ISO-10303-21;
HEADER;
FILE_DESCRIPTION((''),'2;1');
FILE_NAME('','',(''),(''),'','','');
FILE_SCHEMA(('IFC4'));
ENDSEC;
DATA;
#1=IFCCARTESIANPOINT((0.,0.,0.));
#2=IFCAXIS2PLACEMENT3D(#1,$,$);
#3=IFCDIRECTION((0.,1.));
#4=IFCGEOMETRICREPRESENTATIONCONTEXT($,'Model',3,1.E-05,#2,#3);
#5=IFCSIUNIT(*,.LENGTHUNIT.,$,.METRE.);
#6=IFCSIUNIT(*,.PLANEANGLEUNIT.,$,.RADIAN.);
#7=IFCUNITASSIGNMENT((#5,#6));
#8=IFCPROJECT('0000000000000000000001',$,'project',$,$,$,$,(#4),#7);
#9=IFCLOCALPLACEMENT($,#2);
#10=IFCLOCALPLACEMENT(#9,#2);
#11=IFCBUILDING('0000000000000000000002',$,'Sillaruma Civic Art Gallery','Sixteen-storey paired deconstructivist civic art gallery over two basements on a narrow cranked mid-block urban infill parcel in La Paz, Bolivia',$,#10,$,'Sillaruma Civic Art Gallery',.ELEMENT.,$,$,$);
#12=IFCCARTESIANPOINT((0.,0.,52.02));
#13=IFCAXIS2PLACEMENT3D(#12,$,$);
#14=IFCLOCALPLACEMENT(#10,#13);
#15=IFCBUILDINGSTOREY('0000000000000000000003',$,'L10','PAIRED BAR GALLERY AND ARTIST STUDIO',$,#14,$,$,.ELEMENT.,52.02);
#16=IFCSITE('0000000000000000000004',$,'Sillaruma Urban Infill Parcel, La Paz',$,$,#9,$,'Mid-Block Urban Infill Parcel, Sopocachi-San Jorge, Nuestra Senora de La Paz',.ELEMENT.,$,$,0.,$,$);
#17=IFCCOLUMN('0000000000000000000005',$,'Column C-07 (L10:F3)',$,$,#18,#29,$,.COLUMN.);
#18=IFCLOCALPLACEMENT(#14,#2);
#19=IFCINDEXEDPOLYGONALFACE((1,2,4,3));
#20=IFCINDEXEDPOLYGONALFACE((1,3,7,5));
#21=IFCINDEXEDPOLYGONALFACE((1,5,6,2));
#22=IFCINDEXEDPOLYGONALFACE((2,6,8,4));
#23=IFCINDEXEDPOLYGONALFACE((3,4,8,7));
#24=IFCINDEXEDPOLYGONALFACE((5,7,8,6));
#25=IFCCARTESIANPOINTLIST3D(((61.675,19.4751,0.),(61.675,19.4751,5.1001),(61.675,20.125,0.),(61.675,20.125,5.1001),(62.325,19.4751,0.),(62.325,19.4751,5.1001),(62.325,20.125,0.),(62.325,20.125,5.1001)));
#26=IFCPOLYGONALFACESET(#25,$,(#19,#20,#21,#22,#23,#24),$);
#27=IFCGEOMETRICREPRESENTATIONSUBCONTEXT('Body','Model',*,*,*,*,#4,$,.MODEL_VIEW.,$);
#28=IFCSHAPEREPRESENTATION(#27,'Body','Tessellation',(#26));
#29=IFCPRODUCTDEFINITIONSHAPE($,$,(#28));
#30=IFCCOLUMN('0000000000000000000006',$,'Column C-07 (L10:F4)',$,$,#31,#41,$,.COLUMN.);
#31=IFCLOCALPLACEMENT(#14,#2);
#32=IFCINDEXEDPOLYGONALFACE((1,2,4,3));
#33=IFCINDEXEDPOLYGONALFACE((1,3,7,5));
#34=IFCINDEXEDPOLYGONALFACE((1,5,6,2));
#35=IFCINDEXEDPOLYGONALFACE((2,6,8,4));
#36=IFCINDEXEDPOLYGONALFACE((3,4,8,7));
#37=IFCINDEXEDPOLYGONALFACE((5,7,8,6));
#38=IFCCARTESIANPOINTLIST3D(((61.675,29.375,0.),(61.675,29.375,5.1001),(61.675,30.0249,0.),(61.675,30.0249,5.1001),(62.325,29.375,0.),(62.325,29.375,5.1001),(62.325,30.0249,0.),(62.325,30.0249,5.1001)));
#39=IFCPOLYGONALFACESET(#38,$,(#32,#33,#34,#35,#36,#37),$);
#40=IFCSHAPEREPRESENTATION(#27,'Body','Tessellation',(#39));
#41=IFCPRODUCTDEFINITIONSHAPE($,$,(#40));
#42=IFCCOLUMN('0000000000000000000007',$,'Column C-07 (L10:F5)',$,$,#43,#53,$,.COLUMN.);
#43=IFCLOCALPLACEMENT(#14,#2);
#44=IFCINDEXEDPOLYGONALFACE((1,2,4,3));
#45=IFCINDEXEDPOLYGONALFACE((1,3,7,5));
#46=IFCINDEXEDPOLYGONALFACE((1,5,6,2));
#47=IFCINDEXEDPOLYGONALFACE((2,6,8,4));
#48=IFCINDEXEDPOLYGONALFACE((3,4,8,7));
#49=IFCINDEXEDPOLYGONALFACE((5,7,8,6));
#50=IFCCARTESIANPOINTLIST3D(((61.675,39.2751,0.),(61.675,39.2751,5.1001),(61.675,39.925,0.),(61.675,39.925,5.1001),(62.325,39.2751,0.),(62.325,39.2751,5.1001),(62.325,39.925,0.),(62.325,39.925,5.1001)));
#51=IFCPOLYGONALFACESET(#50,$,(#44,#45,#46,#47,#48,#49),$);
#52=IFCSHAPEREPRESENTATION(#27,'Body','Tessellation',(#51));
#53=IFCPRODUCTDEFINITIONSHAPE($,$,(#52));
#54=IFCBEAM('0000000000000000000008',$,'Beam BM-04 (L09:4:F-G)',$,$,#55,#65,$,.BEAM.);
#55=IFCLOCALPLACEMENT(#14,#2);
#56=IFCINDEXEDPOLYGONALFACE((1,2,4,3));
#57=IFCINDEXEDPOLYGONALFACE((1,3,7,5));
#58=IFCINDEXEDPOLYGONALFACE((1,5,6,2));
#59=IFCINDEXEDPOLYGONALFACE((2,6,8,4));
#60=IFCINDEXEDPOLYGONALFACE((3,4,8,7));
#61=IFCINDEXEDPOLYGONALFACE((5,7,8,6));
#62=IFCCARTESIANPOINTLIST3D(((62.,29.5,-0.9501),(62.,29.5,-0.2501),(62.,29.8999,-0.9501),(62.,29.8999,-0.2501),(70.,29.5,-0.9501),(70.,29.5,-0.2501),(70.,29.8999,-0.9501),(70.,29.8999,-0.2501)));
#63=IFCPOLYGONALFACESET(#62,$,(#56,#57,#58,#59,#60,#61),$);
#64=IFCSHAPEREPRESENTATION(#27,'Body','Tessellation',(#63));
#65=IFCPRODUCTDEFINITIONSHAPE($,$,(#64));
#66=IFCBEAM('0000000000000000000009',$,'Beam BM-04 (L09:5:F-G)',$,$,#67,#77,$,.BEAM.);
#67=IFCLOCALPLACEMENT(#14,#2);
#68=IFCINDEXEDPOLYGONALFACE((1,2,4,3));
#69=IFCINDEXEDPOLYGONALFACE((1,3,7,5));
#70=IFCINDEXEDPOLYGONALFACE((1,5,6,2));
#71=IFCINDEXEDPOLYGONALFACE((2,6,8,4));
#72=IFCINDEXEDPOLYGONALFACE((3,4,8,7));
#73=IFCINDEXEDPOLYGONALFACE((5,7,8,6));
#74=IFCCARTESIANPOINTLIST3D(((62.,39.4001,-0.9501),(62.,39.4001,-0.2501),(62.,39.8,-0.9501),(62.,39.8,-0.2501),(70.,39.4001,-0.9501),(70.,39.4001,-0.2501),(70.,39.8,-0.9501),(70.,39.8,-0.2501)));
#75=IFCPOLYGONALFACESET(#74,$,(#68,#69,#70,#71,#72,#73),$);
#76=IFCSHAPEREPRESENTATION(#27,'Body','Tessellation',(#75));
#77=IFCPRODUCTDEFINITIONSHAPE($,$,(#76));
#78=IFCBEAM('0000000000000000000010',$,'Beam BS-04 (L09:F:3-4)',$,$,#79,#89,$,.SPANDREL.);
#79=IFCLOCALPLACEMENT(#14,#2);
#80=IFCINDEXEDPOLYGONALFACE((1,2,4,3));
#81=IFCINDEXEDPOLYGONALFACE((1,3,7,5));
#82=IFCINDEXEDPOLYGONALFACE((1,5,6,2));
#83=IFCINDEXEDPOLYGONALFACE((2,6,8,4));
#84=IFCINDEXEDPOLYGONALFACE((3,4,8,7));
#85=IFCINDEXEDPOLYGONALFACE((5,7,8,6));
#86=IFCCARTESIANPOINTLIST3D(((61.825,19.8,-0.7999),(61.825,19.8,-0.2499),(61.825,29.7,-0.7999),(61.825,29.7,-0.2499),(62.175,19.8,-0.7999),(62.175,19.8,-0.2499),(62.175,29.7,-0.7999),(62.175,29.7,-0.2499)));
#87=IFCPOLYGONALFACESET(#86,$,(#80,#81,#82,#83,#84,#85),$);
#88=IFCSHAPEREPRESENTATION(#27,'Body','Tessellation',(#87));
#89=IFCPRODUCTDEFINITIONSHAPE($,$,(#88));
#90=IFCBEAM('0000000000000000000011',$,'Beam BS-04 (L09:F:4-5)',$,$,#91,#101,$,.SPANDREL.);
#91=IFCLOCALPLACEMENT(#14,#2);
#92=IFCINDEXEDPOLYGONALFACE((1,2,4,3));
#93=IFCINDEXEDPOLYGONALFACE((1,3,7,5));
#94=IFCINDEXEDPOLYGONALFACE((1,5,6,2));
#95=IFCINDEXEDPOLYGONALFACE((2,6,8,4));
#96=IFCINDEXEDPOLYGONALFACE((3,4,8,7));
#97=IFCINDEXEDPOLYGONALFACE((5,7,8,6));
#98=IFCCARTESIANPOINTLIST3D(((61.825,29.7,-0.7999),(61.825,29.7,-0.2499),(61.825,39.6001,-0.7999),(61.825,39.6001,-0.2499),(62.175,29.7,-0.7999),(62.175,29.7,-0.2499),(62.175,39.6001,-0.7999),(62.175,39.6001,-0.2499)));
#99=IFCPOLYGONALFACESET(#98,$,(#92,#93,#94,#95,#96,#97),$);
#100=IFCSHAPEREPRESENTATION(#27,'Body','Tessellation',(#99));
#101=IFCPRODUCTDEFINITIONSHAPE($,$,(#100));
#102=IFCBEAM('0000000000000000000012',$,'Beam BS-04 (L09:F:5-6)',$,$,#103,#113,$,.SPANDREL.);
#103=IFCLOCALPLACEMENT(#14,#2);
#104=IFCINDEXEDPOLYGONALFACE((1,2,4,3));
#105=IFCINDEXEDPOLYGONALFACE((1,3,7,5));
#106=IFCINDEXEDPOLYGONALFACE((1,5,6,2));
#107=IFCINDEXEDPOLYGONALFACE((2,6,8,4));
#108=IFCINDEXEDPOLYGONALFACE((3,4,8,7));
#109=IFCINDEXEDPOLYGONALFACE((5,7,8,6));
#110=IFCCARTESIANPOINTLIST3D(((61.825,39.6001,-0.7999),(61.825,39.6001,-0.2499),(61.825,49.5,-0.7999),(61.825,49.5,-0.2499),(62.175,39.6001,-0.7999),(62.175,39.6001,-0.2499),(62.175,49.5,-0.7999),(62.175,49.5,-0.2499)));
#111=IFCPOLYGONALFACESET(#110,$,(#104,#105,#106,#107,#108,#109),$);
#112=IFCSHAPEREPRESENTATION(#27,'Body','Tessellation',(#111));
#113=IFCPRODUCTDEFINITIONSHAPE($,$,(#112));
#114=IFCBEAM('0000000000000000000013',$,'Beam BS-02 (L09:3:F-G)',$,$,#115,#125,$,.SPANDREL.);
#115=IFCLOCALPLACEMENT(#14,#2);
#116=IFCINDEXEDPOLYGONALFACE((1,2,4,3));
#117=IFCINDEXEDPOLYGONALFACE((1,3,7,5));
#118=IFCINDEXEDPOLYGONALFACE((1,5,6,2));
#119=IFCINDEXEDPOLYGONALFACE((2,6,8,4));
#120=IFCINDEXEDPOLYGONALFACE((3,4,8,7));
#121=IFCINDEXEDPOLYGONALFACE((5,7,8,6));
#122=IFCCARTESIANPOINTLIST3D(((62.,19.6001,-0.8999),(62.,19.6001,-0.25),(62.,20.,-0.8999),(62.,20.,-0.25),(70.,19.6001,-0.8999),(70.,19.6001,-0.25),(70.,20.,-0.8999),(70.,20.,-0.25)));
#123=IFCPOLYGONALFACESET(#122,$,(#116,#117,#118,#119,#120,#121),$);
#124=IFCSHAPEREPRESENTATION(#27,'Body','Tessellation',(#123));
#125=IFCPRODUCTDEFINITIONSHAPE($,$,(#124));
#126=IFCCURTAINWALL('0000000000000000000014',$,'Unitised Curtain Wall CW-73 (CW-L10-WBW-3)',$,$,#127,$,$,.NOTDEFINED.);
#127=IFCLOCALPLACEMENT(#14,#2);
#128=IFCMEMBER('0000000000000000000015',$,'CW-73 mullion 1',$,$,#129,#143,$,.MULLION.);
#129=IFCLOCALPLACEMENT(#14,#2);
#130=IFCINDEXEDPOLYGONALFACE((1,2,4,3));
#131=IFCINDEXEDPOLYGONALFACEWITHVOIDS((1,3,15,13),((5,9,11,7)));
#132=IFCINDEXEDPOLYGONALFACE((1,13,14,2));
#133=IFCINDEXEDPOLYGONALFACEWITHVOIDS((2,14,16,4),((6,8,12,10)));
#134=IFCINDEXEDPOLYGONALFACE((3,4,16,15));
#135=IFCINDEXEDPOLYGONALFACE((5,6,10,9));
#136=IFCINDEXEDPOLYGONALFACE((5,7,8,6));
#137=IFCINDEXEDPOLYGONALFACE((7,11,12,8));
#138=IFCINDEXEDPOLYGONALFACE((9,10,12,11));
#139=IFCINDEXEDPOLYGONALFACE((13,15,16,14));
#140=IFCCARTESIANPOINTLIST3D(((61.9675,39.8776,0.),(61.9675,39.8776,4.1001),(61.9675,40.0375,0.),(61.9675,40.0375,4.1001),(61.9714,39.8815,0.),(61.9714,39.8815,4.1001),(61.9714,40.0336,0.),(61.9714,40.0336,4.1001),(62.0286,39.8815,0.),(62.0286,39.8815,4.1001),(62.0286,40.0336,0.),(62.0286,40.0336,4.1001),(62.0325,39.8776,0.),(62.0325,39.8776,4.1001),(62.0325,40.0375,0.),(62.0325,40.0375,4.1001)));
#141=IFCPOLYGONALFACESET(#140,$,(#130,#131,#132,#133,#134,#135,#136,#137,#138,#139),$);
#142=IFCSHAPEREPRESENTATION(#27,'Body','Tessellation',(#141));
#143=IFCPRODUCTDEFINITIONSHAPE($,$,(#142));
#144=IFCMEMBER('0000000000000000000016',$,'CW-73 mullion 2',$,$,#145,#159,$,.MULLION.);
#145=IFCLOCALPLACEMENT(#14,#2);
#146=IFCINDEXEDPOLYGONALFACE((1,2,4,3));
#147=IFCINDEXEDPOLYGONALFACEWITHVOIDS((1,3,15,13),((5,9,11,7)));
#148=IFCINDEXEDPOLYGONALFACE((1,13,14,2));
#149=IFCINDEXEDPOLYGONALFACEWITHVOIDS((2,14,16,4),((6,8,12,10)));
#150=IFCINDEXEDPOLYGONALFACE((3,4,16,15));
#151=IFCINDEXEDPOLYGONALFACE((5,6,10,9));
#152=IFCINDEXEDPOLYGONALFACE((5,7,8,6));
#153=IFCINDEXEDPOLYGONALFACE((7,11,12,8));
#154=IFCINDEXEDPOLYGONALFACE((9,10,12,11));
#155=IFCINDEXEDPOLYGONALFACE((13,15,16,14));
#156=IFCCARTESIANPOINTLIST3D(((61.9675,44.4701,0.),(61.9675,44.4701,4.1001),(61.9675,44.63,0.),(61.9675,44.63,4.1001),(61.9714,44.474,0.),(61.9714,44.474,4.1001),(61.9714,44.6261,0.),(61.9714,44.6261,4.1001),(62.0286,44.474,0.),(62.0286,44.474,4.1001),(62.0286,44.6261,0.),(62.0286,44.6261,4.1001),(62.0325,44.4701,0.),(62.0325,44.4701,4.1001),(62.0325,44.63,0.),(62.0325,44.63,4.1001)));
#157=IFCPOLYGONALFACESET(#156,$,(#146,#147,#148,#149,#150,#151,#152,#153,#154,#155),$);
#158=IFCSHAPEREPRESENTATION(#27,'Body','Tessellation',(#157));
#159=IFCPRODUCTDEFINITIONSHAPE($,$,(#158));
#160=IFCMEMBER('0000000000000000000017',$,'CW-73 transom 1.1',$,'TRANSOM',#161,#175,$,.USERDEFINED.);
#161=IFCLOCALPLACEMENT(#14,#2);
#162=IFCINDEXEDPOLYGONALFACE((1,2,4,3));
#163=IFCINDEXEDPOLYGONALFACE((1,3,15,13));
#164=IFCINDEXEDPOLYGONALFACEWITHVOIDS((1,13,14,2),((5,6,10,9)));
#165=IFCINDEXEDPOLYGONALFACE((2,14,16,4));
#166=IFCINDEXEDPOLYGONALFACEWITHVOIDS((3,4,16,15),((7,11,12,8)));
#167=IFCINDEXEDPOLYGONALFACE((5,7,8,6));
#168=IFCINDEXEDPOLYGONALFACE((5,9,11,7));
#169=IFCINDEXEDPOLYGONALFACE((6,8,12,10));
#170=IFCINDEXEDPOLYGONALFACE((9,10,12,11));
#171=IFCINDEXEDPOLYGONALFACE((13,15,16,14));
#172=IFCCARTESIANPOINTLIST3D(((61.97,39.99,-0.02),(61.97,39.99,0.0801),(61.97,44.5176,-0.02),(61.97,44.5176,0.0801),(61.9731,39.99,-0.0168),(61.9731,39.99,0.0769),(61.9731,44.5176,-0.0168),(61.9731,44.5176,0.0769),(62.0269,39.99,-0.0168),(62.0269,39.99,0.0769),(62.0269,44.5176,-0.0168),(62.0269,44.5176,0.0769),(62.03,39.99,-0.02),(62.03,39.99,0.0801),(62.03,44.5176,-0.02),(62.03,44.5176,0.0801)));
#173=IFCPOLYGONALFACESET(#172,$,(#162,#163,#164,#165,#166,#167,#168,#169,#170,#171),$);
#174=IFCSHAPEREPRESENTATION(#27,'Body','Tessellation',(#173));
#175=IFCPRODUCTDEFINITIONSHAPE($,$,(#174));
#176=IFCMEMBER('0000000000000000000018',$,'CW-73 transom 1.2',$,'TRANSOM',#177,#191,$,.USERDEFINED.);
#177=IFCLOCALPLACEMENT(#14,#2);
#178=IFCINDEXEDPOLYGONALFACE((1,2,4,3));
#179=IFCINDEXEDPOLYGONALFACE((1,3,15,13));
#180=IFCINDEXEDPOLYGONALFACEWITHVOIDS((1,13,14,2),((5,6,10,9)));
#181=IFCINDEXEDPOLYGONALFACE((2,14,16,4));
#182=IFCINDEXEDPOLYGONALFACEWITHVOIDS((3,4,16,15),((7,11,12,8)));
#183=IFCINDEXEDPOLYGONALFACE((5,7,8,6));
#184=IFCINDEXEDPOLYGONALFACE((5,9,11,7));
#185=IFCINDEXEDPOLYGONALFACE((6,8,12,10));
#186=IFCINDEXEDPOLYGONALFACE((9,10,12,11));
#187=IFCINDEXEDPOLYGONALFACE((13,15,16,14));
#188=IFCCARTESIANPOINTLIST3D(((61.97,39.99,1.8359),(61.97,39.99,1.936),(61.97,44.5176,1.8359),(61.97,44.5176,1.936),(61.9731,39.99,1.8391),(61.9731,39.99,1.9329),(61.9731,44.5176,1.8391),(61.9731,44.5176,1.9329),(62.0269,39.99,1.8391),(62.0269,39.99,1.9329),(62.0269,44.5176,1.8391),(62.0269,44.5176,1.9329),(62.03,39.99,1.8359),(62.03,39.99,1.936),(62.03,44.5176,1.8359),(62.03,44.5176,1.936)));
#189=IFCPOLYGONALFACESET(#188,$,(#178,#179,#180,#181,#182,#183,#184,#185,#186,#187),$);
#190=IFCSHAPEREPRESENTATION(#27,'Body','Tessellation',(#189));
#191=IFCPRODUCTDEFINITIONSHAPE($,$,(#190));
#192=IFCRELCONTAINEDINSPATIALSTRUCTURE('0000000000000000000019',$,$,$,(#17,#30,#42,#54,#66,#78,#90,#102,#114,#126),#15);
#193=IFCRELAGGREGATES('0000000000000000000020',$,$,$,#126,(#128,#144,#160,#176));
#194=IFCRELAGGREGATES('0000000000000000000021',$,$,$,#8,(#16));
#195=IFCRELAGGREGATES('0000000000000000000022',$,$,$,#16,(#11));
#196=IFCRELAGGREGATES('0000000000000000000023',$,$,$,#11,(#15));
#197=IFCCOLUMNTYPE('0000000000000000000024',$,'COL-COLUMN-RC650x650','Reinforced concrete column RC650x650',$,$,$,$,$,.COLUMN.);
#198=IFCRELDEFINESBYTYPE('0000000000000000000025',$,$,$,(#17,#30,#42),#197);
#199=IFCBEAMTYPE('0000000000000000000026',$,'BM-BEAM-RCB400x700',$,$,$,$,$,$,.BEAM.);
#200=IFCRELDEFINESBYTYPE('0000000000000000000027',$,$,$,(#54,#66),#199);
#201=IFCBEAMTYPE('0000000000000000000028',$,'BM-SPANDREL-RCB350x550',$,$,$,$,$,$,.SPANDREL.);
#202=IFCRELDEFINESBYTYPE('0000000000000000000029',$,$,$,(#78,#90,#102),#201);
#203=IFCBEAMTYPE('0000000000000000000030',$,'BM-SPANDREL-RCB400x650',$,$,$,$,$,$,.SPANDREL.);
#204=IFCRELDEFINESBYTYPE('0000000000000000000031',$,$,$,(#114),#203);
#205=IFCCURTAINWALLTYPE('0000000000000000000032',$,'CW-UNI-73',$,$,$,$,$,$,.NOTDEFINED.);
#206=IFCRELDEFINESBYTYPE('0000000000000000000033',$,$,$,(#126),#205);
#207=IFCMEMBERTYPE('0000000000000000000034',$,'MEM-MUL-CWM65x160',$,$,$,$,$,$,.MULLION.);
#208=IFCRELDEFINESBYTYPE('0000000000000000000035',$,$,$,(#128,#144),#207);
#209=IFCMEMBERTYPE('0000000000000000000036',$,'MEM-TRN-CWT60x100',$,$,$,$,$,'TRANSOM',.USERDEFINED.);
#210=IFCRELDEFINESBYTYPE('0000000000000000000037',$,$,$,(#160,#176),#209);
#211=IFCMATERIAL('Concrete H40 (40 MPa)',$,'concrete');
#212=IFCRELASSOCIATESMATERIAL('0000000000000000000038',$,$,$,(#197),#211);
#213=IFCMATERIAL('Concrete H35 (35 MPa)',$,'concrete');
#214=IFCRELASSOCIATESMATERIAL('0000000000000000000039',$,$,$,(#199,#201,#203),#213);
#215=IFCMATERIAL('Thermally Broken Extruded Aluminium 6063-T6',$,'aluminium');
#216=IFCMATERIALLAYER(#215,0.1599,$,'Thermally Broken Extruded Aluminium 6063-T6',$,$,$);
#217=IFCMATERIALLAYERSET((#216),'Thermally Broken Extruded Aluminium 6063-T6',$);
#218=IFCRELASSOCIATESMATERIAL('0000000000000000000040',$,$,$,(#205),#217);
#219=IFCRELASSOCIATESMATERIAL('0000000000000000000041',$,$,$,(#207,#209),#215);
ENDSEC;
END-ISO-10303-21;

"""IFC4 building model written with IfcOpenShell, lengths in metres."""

from ifc_helpers import new_model, si_unit, direction, frame, origin, origin_2d, place, context, subcontext, project, spatial, rectangle, hollow_rectangle, extrude, material, layer, layer_set, material_profile, profile_set, type_object, element, aggregate, save


model = new_model("IFC4")

# Units and contexts
model_context = context("Model", 3, precision=1e-05, world=origin(), true_north=direction((0.0, 1.0)))
body_context = subcontext(model_context, "Body", "Model", "MODEL_VIEW")
ifc_project = project(units=[si_unit("LENGTHUNIT", "METRE"), si_unit("PLANEANGLEUNIT", "RADIAN")], contexts=[model_context])

# Site, building, storey
site_placement = place(None, origin())
site = spatial("IfcSite", under=ifc_project, at=site_placement, Name="Sillaruma Urban Infill Parcel, La Paz", LongName="Mid-Block Urban Infill Parcel, Sopocachi-San Jorge, Nuestra Senora de La Paz", CompositionType="ELEMENT", RefElevation=0.0)
building_placement = place(site_placement, origin())
building = spatial("IfcBuilding", under=site, at=building_placement, Name="Sillaruma Civic Art Gallery", Description="Sixteen-storey paired deconstructivist civic art gallery over two basements on a narrow cranked mid-block urban infill parcel in La Paz, Bolivia", LongName="Sillaruma Civic Art Gallery", CompositionType="ELEMENT")
storey_placement = place(building_placement, frame((0.0, 0.0, 52.02)))
storey = spatial("IfcBuildingStorey", under=building, at=storey_placement, Name="L10", Description="PAIRED BAR GALLERY AND ARTIST STUDIO", CompositionType="ELEMENT", Elevation=52.02)

# Columns
ifc_material_1 = material(Name="Concrete H40 (40 MPa)", Category="concrete")
ifc_material_profile_1 = material_profile(ifc_material_1, rectangle(XDim=0.6499, YDim=0.6499, at=origin_2d()), Name="RC650x650")
ifc_profile_set_1 = profile_set([ifc_material_profile_1], Name="Concrete H40 (40 MPa)")
column_type = type_object("IfcColumnType", Name="COL-COLUMN-RC650x650", Description="Reinforced concrete column RC650x650", PredefinedType="COLUMN", material=ifc_profile_set_1)
for number, where, z_axis, x_axis, name in (
    (1, (62.0, 19.8, 0.0), (0.0, 0.0, 1.0), (1.0, 0.0, 0.0), "Column C-07 (L10:F3)"),
    (2, (62.0, 29.7, 0.0), (0.0, 0.0, 1.0), (1.0, 0.0, 0.0), "Column C-07 (L10:F4)"),
    (3, (62.0, 39.6001, 0.0), (0.0, 0.0, 1.0), (1.0, 0.0, 0.0), "Column C-07 (L10:F5)"),
):
    element("IfcColumn", number, at=place(storey_placement, frame(where, z_axis=z_axis, x_axis=x_axis)), inside=storey, type_object=column_type, Name=name, PredefinedType="COLUMN", context=body_context, shape_type="SweptSolid", body=[
        extrude(rectangle(XDim=0.6499, YDim=0.6499, at=origin_2d()), origin(), (0.0, 0.0, 1.0), 5.1001),
    ])

# Beams
ifc_material_2 = material(Name="Concrete H35 (35 MPa)", Category="concrete")
ifc_material_profile_2 = material_profile(ifc_material_2, rectangle(XDim=0.3999, YDim=0.7, at=origin_2d()), Name="RCB400x700")
ifc_profile_set_2 = profile_set([ifc_material_profile_2], Name="Concrete H35 (35 MPa)")
beam_type_1 = type_object("IfcBeamType", Name="BM-BEAM-RCB400x700", PredefinedType="BEAM", material=ifc_profile_set_2)
for number, where, z_axis, x_axis, name in (
    (4, (62.0, 29.7, -0.6001), (1.0, 0.0, 0.0), (0.0, 1.0, 0.0), "Beam BM-04 (L09:4:F-G)"),
    (5, (62.0, 39.6001, -0.6001), (1.0, 0.0, 0.0), (0.0, 1.0, 0.0), "Beam BM-04 (L09:5:F-G)"),
):
    element("IfcBeam", number, at=place(storey_placement, frame(where, z_axis=z_axis, x_axis=x_axis)), inside=storey, type_object=beam_type_1, Name=name, PredefinedType="BEAM", context=body_context, shape_type="SweptSolid", body=[
        extrude(rectangle(XDim=0.3999, YDim=0.7, at=origin_2d()), origin(), (0.0, 0.0, 1.0), 8.0),
    ])
ifc_material_profile_3 = material_profile(ifc_material_2, rectangle(XDim=0.3501, YDim=0.55, at=origin_2d()), Name="RCB350x550")
ifc_profile_set_3 = profile_set([ifc_material_profile_3], Name="Concrete H35 (35 MPa)")
beam_type_2 = type_object("IfcBeamType", Name="BM-SPANDREL-RCB350x550", PredefinedType="SPANDREL", material=ifc_profile_set_3)
beam_1_placement = place(storey_placement, frame((62.0, 19.8, -0.5249), z_axis=(0.0, 1.0, 0.0), x_axis=(-1.0, 0.0, 0.0)))
element("IfcBeam", 6, at=beam_1_placement, inside=storey, type_object=beam_type_2, Name="Beam BS-04 (L09:F:3-4)", PredefinedType="SPANDREL", context=body_context, shape_type="SweptSolid", body=[
    extrude(rectangle(XDim=0.3501, YDim=0.55, at=origin_2d()), origin(), (0.0, 0.0, 1.0), 9.8999),
])
beam_2_placement = place(storey_placement, frame((62.0, 29.7, -0.5249), z_axis=(0.0, 1.0, 0.0), x_axis=(-1.0, 0.0, 0.0)))
element("IfcBeam", 7, at=beam_2_placement, inside=storey, type_object=beam_type_2, Name="Beam BS-04 (L09:F:4-5)", PredefinedType="SPANDREL", context=body_context, shape_type="SweptSolid", body=[
    extrude(rectangle(XDim=0.3501, YDim=0.55, at=origin_2d()), origin(), (0.0, 0.0, 1.0), 9.9001),
])
beam_3_placement = place(storey_placement, frame((62.0, 39.6001, -0.5249), z_axis=(0.0, 1.0, 0.0), x_axis=(-1.0, 0.0, 0.0)))
element("IfcBeam", 8, at=beam_3_placement, inside=storey, type_object=beam_type_2, Name="Beam BS-04 (L09:F:5-6)", PredefinedType="SPANDREL", context=body_context, shape_type="SweptSolid", body=[
    extrude(rectangle(XDim=0.3501, YDim=0.55, at=origin_2d()), origin(), (0.0, 0.0, 1.0), 9.8999),
])
ifc_material_profile_4 = material_profile(ifc_material_2, rectangle(XDim=0.3999, YDim=0.6499, at=origin_2d()), Name="RCB400x650")
ifc_profile_set_4 = profile_set([ifc_material_profile_4], Name="Concrete H35 (35 MPa)")
beam_type_3 = type_object("IfcBeamType", Name="BM-SPANDREL-RCB400x650", PredefinedType="SPANDREL", material=ifc_profile_set_4)
beam_4_placement = place(storey_placement, frame((62.0, 19.8, -0.575), z_axis=(1.0, 0.0, 0.0), x_axis=(0.0, 1.0, 0.0)))
element("IfcBeam", 9, at=beam_4_placement, inside=storey, type_object=beam_type_3, Name="Beam BS-02 (L09:3:F-G)", PredefinedType="SPANDREL", context=body_context, shape_type="SweptSolid", body=[
    extrude(rectangle(XDim=0.3999, YDim=0.6499, at=origin_2d()), origin(), (0.0, 0.0, 1.0), 8.0),
])

# Curtain wall, members
ifc_material_3 = material(Name="Thermally Broken Extruded Aluminium 6063-T6", Category="aluminium")
ifc_layer_1 = layer(ifc_material_3, 0.1599, Name="Thermally Broken Extruded Aluminium 6063-T6")
ifc_layer_set_1 = layer_set([ifc_layer_1], Name="Thermally Broken Extruded Aluminium 6063-T6")
curtain_wall_type = type_object("IfcCurtainWallType", Name="CW-UNI-73", PredefinedType="NOTDEFINED", material=ifc_layer_set_1)
curtain_wall_placement = place(storey_placement, origin())
curtain_wall = element("IfcCurtainWall", 10, at=curtain_wall_placement, inside=storey, type_object=curtain_wall_type, Name="Unitised Curtain Wall CW-73 (CW-L10-WBW-3)", PredefinedType="NOTDEFINED")
ifc_material_profile_5 = material_profile(ifc_material_3, hollow_rectangle(XDim=0.0649, YDim=0.1599, WallThickness=0.0039, at=origin_2d()), Name="CWM65x160")
ifc_profile_set_5 = profile_set([ifc_material_profile_5], Name="Thermally Broken Extruded Aluminium 6063-T6")
member_type_1 = type_object("IfcMemberType", Name="MEM-MUL-CWM65x160", PredefinedType="MULLION", material=ifc_profile_set_5)
member_1_placement = place(storey_placement, frame((62.0, 39.9575, 0.0), z_axis=(0.0, 0.0, 1.0), x_axis=(-1.0, 0.0, 0.0)))
member_1 = element("IfcMember", 11, at=member_1_placement, type_object=member_type_1, Name="CW-73 mullion 1", PredefinedType="MULLION", context=body_context, shape_type="SweptSolid", body=[
    extrude(hollow_rectangle(XDim=0.0649, YDim=0.1599, WallThickness=0.0039, at=origin_2d()), origin(), (0.0, 0.0, 1.0), 4.1001),
])
member_2_placement = place(storey_placement, frame((62.0, 44.55, 0.0), z_axis=(0.0, 0.0, 1.0), x_axis=(-1.0, 0.0, 0.0)))
member_2 = element("IfcMember", 12, at=member_2_placement, type_object=member_type_1, Name="CW-73 mullion 2", PredefinedType="MULLION", context=body_context, shape_type="SweptSolid", body=[
    extrude(hollow_rectangle(XDim=0.0649, YDim=0.1599, WallThickness=0.0039, at=origin_2d()), origin(), (0.0, 0.0, 1.0), 4.1001),
])
ifc_material_profile_6 = material_profile(ifc_material_3, hollow_rectangle(XDim=0.0601, YDim=0.1001, WallThickness=0.0032, at=origin_2d()), Name="CWT60x100")
ifc_profile_set_6 = profile_set([ifc_material_profile_6], Name="Thermally Broken Extruded Aluminium 6063-T6")
member_type_2 = type_object("IfcMemberType", Name="MEM-TRN-CWT60x100", ElementType="TRANSOM", PredefinedType="USERDEFINED", material=ifc_profile_set_6)
member_3_placement = place(storey_placement, frame((62.0, 39.99, 0.03), z_axis=(0.0, 1.0, 0.0), x_axis=(-1.0, 0.0, 0.0)))
member_3 = element("IfcMember", 13, at=member_3_placement, type_object=member_type_2, Name="CW-73 transom 1.1", ObjectType="TRANSOM", PredefinedType="USERDEFINED", context=body_context, shape_type="SweptSolid", body=[
    extrude(hollow_rectangle(XDim=0.0601, YDim=0.1001, WallThickness=0.0032, at=origin_2d()), origin(), (0.0, 0.0, 1.0), 4.5276),
])
member_4_placement = place(storey_placement, frame((62.0, 39.99, 1.886), z_axis=(0.0, 1.0, 0.0), x_axis=(-1.0, 0.0, 0.0)))
member_4 = element("IfcMember", 14, at=member_4_placement, type_object=member_type_2, Name="CW-73 transom 1.2", ObjectType="TRANSOM", PredefinedType="USERDEFINED", context=body_context, shape_type="SweptSolid", body=[
    extrude(hollow_rectangle(XDim=0.0601, YDim=0.1001, WallThickness=0.0032, at=origin_2d()), origin(), (0.0, 0.0, 1.0), 4.5276),
])
aggregate(curtain_wall, [member_1, member_2, member_3, member_4])

save(model, "model.ifc")
